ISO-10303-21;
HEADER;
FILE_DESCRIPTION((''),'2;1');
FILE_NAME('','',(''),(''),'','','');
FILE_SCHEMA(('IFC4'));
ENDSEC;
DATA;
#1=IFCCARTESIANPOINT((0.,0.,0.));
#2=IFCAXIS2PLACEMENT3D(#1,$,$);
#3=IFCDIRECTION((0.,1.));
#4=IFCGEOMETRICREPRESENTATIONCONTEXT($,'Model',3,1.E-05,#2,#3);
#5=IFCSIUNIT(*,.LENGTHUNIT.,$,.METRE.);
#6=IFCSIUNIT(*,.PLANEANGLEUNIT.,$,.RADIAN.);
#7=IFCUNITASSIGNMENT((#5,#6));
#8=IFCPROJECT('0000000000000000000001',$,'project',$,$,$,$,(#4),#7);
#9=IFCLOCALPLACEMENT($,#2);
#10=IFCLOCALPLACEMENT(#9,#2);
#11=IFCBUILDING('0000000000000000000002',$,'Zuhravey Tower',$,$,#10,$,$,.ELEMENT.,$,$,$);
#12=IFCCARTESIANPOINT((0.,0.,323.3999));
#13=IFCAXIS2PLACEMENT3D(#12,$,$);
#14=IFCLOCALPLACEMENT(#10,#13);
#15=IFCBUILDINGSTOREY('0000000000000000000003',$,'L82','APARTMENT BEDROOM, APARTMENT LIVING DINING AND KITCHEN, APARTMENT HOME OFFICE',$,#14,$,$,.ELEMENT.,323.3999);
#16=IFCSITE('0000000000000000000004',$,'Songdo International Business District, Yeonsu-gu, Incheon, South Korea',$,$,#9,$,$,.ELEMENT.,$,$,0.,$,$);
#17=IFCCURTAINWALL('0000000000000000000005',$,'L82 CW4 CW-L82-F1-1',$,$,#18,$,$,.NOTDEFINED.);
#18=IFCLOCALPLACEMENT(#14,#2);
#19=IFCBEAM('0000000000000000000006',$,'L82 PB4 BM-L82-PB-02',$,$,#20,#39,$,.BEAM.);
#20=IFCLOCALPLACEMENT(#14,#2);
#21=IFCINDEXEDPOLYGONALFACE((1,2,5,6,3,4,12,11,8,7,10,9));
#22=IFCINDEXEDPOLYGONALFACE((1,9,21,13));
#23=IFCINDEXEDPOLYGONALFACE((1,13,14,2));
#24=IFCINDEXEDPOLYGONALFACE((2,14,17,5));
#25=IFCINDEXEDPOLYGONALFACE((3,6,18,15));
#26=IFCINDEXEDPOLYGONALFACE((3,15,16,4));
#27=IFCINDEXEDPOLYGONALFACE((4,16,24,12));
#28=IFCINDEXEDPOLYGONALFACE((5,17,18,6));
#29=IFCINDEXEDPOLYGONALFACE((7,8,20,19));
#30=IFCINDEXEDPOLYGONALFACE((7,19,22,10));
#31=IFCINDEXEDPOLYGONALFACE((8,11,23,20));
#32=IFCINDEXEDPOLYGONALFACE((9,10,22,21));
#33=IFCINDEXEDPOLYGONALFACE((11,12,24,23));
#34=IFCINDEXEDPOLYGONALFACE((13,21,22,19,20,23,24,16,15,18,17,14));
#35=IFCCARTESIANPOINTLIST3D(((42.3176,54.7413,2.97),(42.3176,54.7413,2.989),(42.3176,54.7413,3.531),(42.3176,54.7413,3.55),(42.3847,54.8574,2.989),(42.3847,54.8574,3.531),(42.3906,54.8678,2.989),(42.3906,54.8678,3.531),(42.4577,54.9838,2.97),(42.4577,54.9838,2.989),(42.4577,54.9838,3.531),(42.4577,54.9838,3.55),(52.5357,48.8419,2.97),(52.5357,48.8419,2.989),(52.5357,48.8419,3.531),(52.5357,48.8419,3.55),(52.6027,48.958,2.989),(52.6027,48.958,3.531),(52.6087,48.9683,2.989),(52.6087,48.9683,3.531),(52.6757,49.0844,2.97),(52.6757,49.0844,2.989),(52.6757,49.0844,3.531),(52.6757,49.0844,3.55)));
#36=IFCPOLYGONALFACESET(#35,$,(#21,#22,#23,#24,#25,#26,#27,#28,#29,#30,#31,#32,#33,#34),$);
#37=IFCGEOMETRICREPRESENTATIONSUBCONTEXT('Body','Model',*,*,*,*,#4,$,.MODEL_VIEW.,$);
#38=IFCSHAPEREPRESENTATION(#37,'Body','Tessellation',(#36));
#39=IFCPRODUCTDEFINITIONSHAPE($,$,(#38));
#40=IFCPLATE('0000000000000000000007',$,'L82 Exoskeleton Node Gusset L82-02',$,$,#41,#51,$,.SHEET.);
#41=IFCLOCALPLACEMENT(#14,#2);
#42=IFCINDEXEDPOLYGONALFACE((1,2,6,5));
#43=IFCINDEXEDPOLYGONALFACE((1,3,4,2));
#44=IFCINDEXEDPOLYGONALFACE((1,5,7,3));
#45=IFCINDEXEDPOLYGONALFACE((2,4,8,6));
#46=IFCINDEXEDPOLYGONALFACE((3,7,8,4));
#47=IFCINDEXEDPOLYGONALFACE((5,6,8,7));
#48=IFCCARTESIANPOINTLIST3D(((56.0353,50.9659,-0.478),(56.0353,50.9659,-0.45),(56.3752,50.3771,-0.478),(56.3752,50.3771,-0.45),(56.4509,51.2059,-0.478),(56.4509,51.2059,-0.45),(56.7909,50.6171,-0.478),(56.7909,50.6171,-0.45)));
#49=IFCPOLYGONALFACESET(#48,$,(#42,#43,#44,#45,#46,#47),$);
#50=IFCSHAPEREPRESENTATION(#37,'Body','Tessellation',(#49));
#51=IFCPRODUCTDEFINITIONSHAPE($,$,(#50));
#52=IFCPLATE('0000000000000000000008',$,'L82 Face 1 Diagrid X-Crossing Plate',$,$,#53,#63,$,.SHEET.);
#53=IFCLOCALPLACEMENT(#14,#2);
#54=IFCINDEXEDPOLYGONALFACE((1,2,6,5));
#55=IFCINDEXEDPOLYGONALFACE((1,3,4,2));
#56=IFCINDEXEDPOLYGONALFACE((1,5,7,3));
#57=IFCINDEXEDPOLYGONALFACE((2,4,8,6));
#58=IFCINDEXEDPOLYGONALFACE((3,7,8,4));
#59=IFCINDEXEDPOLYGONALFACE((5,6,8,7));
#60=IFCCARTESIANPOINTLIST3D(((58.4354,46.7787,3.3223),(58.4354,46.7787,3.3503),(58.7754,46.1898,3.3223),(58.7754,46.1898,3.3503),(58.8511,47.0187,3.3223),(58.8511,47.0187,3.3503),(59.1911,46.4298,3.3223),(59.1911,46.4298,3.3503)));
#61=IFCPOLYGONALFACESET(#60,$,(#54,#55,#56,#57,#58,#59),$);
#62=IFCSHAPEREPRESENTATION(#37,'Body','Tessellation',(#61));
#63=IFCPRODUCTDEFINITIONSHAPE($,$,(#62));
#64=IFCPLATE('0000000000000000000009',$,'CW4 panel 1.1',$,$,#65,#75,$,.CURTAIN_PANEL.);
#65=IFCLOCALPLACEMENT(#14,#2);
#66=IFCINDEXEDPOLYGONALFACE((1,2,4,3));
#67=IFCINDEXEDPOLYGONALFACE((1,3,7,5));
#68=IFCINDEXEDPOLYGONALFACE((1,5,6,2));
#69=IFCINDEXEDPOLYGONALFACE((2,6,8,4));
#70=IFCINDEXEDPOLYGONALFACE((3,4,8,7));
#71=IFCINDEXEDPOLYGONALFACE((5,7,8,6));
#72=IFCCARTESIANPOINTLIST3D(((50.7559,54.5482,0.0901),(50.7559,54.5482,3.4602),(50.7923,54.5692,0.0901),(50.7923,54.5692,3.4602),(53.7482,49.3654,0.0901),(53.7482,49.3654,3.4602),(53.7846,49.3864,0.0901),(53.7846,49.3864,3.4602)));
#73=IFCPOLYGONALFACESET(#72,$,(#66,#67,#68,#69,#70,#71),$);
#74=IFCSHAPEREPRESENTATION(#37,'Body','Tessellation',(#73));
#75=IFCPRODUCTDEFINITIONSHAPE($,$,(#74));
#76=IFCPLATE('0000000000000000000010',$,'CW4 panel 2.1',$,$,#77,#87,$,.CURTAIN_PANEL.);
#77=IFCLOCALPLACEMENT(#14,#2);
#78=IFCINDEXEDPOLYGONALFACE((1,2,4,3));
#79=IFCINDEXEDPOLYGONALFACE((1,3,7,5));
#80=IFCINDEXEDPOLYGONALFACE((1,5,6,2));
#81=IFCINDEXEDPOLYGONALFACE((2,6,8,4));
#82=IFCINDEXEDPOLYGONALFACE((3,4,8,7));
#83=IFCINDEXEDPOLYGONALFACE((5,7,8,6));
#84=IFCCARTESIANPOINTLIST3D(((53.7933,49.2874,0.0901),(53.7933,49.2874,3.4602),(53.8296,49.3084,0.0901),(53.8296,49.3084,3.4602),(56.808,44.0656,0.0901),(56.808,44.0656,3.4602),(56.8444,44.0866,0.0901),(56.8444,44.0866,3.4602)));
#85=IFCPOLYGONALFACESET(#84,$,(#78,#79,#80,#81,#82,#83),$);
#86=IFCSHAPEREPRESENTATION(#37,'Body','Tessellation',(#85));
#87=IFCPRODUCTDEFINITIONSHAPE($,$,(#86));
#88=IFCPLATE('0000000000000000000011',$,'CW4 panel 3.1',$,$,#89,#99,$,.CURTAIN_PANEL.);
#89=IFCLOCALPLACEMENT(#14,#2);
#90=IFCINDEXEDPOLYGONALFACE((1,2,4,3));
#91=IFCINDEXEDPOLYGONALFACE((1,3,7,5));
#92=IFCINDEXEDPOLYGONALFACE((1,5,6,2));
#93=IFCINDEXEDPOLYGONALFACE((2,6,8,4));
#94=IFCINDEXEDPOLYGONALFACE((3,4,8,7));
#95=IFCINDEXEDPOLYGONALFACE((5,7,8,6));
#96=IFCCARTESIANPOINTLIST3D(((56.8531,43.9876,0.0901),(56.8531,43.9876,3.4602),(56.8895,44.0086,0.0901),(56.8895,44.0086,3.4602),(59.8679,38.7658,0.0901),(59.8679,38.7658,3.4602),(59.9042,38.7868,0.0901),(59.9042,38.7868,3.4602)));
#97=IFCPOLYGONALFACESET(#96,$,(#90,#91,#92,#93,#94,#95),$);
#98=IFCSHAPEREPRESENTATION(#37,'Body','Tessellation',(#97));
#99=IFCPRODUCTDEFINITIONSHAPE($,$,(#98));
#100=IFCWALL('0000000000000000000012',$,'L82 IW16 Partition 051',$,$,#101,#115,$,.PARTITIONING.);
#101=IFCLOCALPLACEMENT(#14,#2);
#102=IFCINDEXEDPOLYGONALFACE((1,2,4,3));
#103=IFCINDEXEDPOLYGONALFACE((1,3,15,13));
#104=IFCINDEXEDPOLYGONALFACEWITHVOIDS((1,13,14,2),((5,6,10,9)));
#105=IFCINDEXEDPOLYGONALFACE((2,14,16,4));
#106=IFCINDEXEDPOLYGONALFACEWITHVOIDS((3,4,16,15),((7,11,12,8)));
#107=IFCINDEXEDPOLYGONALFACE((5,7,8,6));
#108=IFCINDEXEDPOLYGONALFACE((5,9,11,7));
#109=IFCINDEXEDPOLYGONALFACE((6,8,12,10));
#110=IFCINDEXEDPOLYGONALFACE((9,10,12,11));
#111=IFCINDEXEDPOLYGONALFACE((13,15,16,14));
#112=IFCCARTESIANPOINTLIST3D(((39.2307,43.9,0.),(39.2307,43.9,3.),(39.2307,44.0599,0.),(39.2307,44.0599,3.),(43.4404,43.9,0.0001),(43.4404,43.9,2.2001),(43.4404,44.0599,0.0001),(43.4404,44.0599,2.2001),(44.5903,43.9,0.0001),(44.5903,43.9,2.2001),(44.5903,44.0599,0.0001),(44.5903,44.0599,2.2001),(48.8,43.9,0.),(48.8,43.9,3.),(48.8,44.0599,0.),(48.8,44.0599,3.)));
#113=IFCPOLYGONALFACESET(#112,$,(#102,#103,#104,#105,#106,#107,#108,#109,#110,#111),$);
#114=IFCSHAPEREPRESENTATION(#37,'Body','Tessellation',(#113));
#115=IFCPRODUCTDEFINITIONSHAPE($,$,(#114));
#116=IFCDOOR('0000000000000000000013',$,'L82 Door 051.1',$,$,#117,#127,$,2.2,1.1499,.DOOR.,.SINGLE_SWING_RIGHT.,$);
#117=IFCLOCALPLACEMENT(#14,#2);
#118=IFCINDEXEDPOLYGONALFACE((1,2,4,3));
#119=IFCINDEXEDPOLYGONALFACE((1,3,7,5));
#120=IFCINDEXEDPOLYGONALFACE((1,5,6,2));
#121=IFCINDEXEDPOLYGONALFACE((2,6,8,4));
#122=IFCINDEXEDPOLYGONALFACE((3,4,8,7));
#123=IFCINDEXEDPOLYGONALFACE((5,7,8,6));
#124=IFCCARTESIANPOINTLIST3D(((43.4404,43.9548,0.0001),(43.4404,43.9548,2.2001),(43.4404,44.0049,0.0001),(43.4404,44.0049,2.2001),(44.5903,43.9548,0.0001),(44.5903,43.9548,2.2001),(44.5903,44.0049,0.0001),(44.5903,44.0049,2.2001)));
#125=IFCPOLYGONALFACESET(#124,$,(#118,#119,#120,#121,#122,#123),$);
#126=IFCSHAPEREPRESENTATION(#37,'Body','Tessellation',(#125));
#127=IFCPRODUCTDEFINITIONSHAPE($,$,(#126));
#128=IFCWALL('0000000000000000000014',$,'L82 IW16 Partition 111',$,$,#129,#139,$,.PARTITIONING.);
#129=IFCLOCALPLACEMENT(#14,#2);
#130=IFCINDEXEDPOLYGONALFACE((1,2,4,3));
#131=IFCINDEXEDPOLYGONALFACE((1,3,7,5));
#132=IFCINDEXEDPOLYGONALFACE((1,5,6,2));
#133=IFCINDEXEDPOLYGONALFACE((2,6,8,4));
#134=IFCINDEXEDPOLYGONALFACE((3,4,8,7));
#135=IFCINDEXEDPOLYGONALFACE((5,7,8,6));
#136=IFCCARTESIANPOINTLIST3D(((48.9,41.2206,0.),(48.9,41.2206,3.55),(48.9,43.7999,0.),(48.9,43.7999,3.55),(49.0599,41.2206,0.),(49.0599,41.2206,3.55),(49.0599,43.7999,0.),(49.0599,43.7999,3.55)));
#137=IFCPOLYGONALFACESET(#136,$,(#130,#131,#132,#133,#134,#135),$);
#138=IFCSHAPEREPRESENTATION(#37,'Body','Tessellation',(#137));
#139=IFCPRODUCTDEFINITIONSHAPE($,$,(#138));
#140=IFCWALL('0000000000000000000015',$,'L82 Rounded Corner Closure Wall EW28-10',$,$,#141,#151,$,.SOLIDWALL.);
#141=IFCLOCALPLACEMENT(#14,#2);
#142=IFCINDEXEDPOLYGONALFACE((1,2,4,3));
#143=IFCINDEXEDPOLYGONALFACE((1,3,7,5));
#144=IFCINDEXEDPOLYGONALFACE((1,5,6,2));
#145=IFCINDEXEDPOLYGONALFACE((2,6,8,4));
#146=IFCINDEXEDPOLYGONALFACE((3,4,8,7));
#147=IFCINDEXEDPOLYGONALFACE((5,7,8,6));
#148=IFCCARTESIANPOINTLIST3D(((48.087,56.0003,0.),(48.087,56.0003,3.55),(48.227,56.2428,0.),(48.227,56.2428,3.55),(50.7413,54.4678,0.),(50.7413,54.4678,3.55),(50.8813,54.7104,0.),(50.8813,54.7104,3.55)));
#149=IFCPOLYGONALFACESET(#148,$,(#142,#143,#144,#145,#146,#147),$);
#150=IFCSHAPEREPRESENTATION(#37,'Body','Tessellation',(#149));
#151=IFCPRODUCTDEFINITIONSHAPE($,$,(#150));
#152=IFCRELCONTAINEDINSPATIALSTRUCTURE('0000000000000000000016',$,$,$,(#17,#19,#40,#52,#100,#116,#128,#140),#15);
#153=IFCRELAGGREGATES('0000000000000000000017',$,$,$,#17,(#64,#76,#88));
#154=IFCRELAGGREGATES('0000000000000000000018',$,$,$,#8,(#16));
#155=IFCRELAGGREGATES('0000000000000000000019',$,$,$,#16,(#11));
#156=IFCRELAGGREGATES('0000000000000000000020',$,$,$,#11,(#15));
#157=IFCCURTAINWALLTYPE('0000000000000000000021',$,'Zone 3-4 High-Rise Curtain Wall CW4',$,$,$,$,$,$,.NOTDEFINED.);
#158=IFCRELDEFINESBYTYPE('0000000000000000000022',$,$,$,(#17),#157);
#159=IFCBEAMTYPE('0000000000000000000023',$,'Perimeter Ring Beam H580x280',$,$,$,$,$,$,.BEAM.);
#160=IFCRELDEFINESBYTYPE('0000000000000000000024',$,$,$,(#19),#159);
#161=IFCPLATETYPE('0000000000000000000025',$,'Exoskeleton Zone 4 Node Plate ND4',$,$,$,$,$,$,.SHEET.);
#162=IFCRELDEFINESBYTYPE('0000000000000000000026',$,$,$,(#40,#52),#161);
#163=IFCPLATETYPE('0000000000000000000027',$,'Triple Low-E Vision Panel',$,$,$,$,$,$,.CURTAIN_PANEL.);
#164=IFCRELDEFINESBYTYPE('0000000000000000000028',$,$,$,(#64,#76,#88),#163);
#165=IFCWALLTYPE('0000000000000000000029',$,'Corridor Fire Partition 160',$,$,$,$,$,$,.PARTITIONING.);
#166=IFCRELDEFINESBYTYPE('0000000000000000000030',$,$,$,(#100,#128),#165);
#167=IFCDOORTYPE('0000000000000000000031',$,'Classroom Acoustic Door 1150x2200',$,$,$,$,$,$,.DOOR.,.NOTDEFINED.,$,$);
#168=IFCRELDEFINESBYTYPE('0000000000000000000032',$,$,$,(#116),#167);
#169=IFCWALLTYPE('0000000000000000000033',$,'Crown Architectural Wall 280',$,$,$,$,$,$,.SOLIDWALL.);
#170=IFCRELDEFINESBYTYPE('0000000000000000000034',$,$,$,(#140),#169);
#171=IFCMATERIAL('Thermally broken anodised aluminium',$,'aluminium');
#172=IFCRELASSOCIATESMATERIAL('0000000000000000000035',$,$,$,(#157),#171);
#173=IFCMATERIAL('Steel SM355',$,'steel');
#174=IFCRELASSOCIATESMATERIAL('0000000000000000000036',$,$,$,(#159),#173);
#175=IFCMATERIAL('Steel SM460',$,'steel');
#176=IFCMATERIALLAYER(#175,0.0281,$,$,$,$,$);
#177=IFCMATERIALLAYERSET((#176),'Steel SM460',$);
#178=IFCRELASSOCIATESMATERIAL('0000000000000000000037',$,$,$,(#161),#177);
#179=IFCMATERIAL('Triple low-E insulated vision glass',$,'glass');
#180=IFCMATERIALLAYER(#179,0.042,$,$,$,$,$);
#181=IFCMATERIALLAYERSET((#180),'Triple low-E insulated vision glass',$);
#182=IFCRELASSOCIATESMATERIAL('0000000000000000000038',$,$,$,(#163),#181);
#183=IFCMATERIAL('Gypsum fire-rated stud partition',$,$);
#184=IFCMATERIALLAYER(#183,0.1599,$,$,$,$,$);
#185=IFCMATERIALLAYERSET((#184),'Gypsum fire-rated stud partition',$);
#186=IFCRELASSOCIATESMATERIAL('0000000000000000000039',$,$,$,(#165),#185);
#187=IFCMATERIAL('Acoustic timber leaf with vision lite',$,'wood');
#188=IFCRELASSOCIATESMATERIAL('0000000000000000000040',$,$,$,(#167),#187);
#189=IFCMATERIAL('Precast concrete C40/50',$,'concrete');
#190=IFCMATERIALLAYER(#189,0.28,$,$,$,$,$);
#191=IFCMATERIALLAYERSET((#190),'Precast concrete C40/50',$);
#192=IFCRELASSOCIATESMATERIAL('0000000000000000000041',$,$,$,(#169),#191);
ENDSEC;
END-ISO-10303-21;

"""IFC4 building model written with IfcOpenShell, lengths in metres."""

from ifc_helpers import new_model, si_unit, direction, frame, frame_2d, origin, origin_2d, place, context, subcontext, project, spatial, rectangle, i_section, extrude, material, layer, layer_set, material_profile, profile_set, type_object, element, fill, aggregate, save


model = new_model("IFC4")

# Units and contexts
model_context = context("Model", 3, precision=1e-05, world=origin(), true_north=direction((0.0, 1.0)))
body_context = subcontext(model_context, "Body", "Model", "MODEL_VIEW")
ifc_project = project(units=[si_unit("LENGTHUNIT", "METRE"), si_unit("PLANEANGLEUNIT", "RADIAN")], contexts=[model_context])

# Site, building, storey
site_placement = place(None, origin())
site = spatial("IfcSite", under=ifc_project, at=site_placement, Name="Songdo International Business District, Yeonsu-gu, Incheon, South Korea", CompositionType="ELEMENT", RefElevation=0.0)
building_placement = place(site_placement, origin())
building = spatial("IfcBuilding", under=site, at=building_placement, Name="Zuhravey Tower", CompositionType="ELEMENT")
storey_placement = place(building_placement, frame((0.0, 0.0, 323.3999)))
storey = spatial("IfcBuildingStorey", under=building, at=storey_placement, Name="L82", Description="APARTMENT BEDROOM, APARTMENT LIVING DINING AND KITCHEN, APARTMENT HOME OFFICE", CompositionType="ELEMENT", Elevation=323.3999)

# Shared definitions
ifc_material_1 = material(Name="Thermally broken anodised aluminium", Category="aluminium")
curtain_wall_type = type_object("IfcCurtainWallType", Name="Zone 3-4 High-Rise Curtain Wall CW4", PredefinedType="NOTDEFINED", material=ifc_material_1)

# Curtain wall
curtain_wall_1_placement = place(storey_placement, origin())
curtain_wall_1 = element("IfcCurtainWall", 1, at=curtain_wall_1_placement, inside=storey, type_object=curtain_wall_type, Name="L82 CW4 CW-L82-F1-1", PredefinedType="NOTDEFINED")

# Shared definitions
ifc_material_2 = material(Name="Steel SM355", Category="steel")

# Beam
ifc_material_profile_1 = material_profile(ifc_material_2, i_section(OverallWidth=0.28, OverallDepth=0.5801, WebThickness=0.012, FlangeThickness=0.019, at=origin_2d()), Name="H-580x280x12x19")
ifc_profile_set_1 = profile_set([ifc_material_profile_1], Name="Steel SM355")
beam_type = type_object("IfcBeamType", Name="Perimeter Ring Beam H580x280", PredefinedType="BEAM", material=ifc_profile_set_1)
beam_placement = place(storey_placement, frame((52.6057, 48.9631, 3.26), z_axis=(-0.866024, 0.500002, 0.0), x_axis=(-0.500002, -0.866024, 0.0)))
element("IfcBeam", 2, at=beam_placement, inside=storey, type_object=beam_type, Name="L82 PB4 BM-L82-PB-02", PredefinedType="BEAM", context=body_context, shape_type="SweptSolid", body=[
    extrude(i_section(OverallWidth=0.28, OverallDepth=0.5801, WebThickness=0.012, FlangeThickness=0.019, at=origin_2d()), origin(), (0.0, 0.0, 1.0), 11.7988),
])

# Plates
ifc_material_3 = material(Name="Steel SM460", Category="steel")
ifc_layer_1 = layer(ifc_material_3, 0.0281)
ifc_layer_set_1 = layer_set([ifc_layer_1], Name="Steel SM460")
plate_type_1 = type_object("IfcPlateType", Name="Exoskeleton Zone 4 Node Plate ND4", PredefinedType="SHEET", material=ifc_layer_set_1)
for number, where, z_axis, x_axis, name in (
    (3, (56.4131, 50.7915, -0.478), (0.0, 0.0, 1.0), (-0.5, 0.866025, 0.0), "L82 Exoskeleton Node Gusset L82-02"),
    (4, (58.8132, 46.6042, 3.3223), (0.0, 0.0, 1.0), (-0.5, 0.866025, 0.0), "L82 Face 1 Diagrid X-Crossing Plate"),
):
    element("IfcPlate", number, at=place(storey_placement, frame(where, z_axis=z_axis, x_axis=x_axis)), inside=storey, type_object=plate_type_1, Name=name, PredefinedType="SHEET", context=body_context, shape_type="SweptSolid", body=[
        extrude(rectangle(XDim=0.6799, YDim=0.48, at=origin_2d()), origin(), (0.0, 0.0, 1.0), 0.0281),
    ])

# Plates
ifc_material_4 = material(Name="Triple low-E insulated vision glass", Category="glass")
ifc_layer_2 = layer(ifc_material_4, 0.042)
ifc_layer_set_2 = layer_set([ifc_layer_2], Name="Triple low-E insulated vision glass")
plate_type_2 = type_object("IfcPlateType", Name="Triple Low-E Vision Panel", PredefinedType="CURTAIN_PANEL", material=ifc_layer_set_2)
plate_1_placement = place(storey_placement, frame((52.2703, 51.9673, 0.0901), z_axis=(0.0, 0.0, 1.0), x_axis=(0.5, -0.866026, 0.0)))
plate_1 = element("IfcPlate", 5, at=plate_1_placement, type_object=plate_type_2, Name="CW4 panel 1.1", PredefinedType="CURTAIN_PANEL", context=body_context, shape_type="SweptSolid", body=[
    extrude(rectangle(XDim=5.9846, YDim=0.042, at=origin_2d()), origin(), (0.0, 0.0, 1.0), 3.3701),
])
plate_2_placement = place(storey_placement, frame((55.3188, 46.687, 0.0901), z_axis=(0.0, 0.0, 1.0), x_axis=(0.5, -0.866026, 0.0)))
plate_2 = element("IfcPlate", 6, at=plate_2_placement, type_object=plate_type_2, Name="CW4 panel 2.1", PredefinedType="CURTAIN_PANEL", context=body_context, shape_type="SweptSolid", body=[
    extrude(rectangle(XDim=6.0295, YDim=0.042, at=origin_2d()), origin(), (0.0, 0.0, 1.0), 3.3701),
])
plate_3_placement = place(storey_placement, frame((58.3787, 41.3872, 0.0901), z_axis=(0.0, 0.0, 1.0), x_axis=(0.5, -0.866026, 0.0)))
plate_3 = element("IfcPlate", 7, at=plate_3_placement, type_object=plate_type_2, Name="CW4 panel 3.1", PredefinedType="CURTAIN_PANEL", context=body_context, shape_type="SweptSolid", body=[
    extrude(rectangle(XDim=6.0295, YDim=0.042, at=origin_2d()), origin(), (0.0, 0.0, 1.0), 3.3701),
])
aggregate(curtain_wall_1, [plate_1, plate_2, plate_3])

# Wall, opening, door
ifc_material_5 = material(Name="Gypsum fire-rated stud partition")
ifc_layer_3 = layer(ifc_material_5, 0.1599)
ifc_layer_set_3 = layer_set([ifc_layer_3], Name="Gypsum fire-rated stud partition")
wall_type_1 = type_object("IfcWallType", Name="Corridor Fire Partition 160", PredefinedType="PARTITIONING", material=ifc_layer_set_3)
wall_1_placement = place(storey_placement, frame((48.8, 43.98, 0.0), z_axis=(0.0, 0.0, 1.0), x_axis=(-1.0, 0.0, 0.0)))
wall_1 = element("IfcWall", 8, at=wall_1_placement, inside=storey, type_object=wall_type_1, Name="L82 IW16 Partition 051", PredefinedType="PARTITIONING", context=body_context, shape_type="SweptSolid", body=[
    extrude(rectangle(XDim=9.5693, YDim=0.1599, at=frame_2d((4.7847, 0.0))), origin(), (0.0, 0.0, 1.0), 3.0),
])
opening_placement = place(wall_1_placement, frame((4.2097, 0.0, 0.0)))
opening = element("IfcOpeningElement", 9, at=opening_placement, cuts=wall_1, PredefinedType="OPENING", context=body_context, shape_type="SweptSolid", body=[
    extrude(rectangle(XDim=1.1499, YDim=2.2, at=frame_2d((0.575, 1.1001))), frame((0.0, 0.092, 0.0), z_axis=(0.0, -1.0, 0.0), x_axis=(1.0, 0.0, 0.0)), (0.0, 0.0, 1.0), 0.1838),
])
ifc_material_6 = material(Name="Acoustic timber leaf with vision lite", Category="wood")
door_type = type_object("IfcDoorType", Name="Classroom Acoustic Door 1150x2200", OperationType="NOTDEFINED", PredefinedType="DOOR", material=ifc_material_6)
door_placement = place(opening_placement, frame((1.1499, 0.0, 0.0), z_axis=(0.0, 0.0, 1.0), x_axis=(-1.0, 0.0, 0.0)))
door = element("IfcDoor", 10, at=door_placement, inside=storey, type_object=door_type, Name="L82 Door 051.1", OperationType="SINGLE_SWING_RIGHT", OverallHeight=2.2, OverallWidth=1.1499, PredefinedType="DOOR", context=body_context, shape_type="SweptSolid", body=[
    extrude(rectangle(XDim=1.1499, YDim=2.2, at=frame_2d((0.575, 1.1001))), frame((0.0, 0.0249, 0.0), z_axis=(0.0, -1.0, 0.0), x_axis=(1.0, 0.0, 0.0)), (0.0, 0.0, 1.0), 0.05),
])
fill(opening, door)

# Walls
wall_2_placement = place(storey_placement, frame((48.98, 41.2207, 0.0), z_axis=(0.0, 0.0, 1.0), x_axis=(0.0, 1.0, 0.0)))
element("IfcWall", 11, at=wall_2_placement, inside=storey, type_object=wall_type_1, Name="L82 IW16 Partition 111", PredefinedType="PARTITIONING", context=body_context, shape_type="SweptSolid", body=[
    extrude(rectangle(XDim=2.5793, YDim=0.1599, at=frame_2d((1.2896, 0.0))), origin(), (0.0, 0.0, 1.0), 3.55),
])
ifc_material_7 = material(Name="Precast concrete C40/50", Category="concrete")
ifc_layer_4 = layer(ifc_material_7, 0.28)
ifc_layer_set_4 = layer_set([ifc_layer_4], Name="Precast concrete C40/50")
wall_type_2 = type_object("IfcWallType", Name="Crown Architectural Wall 280", PredefinedType="SOLIDWALL", material=ifc_layer_set_4)
wall_3_placement = place(storey_placement, frame((48.157, 56.1216, 0.0), z_axis=(0.0, 0.0, 1.0), x_axis=(0.866024, -0.500003, 0.0)))
element("IfcWall", 12, at=wall_3_placement, inside=storey, type_object=wall_type_2, Name="L82 Rounded Corner Closure Wall EW28-10", PredefinedType="SOLIDWALL", context=body_context, shape_type="SweptSolid", body=[
    extrude(rectangle(XDim=3.0649, YDim=0.28, at=frame_2d((1.5325, 0.0))), origin(), (0.0, 0.0, 1.0), 3.55),
])

save(model, "model.ifc")
